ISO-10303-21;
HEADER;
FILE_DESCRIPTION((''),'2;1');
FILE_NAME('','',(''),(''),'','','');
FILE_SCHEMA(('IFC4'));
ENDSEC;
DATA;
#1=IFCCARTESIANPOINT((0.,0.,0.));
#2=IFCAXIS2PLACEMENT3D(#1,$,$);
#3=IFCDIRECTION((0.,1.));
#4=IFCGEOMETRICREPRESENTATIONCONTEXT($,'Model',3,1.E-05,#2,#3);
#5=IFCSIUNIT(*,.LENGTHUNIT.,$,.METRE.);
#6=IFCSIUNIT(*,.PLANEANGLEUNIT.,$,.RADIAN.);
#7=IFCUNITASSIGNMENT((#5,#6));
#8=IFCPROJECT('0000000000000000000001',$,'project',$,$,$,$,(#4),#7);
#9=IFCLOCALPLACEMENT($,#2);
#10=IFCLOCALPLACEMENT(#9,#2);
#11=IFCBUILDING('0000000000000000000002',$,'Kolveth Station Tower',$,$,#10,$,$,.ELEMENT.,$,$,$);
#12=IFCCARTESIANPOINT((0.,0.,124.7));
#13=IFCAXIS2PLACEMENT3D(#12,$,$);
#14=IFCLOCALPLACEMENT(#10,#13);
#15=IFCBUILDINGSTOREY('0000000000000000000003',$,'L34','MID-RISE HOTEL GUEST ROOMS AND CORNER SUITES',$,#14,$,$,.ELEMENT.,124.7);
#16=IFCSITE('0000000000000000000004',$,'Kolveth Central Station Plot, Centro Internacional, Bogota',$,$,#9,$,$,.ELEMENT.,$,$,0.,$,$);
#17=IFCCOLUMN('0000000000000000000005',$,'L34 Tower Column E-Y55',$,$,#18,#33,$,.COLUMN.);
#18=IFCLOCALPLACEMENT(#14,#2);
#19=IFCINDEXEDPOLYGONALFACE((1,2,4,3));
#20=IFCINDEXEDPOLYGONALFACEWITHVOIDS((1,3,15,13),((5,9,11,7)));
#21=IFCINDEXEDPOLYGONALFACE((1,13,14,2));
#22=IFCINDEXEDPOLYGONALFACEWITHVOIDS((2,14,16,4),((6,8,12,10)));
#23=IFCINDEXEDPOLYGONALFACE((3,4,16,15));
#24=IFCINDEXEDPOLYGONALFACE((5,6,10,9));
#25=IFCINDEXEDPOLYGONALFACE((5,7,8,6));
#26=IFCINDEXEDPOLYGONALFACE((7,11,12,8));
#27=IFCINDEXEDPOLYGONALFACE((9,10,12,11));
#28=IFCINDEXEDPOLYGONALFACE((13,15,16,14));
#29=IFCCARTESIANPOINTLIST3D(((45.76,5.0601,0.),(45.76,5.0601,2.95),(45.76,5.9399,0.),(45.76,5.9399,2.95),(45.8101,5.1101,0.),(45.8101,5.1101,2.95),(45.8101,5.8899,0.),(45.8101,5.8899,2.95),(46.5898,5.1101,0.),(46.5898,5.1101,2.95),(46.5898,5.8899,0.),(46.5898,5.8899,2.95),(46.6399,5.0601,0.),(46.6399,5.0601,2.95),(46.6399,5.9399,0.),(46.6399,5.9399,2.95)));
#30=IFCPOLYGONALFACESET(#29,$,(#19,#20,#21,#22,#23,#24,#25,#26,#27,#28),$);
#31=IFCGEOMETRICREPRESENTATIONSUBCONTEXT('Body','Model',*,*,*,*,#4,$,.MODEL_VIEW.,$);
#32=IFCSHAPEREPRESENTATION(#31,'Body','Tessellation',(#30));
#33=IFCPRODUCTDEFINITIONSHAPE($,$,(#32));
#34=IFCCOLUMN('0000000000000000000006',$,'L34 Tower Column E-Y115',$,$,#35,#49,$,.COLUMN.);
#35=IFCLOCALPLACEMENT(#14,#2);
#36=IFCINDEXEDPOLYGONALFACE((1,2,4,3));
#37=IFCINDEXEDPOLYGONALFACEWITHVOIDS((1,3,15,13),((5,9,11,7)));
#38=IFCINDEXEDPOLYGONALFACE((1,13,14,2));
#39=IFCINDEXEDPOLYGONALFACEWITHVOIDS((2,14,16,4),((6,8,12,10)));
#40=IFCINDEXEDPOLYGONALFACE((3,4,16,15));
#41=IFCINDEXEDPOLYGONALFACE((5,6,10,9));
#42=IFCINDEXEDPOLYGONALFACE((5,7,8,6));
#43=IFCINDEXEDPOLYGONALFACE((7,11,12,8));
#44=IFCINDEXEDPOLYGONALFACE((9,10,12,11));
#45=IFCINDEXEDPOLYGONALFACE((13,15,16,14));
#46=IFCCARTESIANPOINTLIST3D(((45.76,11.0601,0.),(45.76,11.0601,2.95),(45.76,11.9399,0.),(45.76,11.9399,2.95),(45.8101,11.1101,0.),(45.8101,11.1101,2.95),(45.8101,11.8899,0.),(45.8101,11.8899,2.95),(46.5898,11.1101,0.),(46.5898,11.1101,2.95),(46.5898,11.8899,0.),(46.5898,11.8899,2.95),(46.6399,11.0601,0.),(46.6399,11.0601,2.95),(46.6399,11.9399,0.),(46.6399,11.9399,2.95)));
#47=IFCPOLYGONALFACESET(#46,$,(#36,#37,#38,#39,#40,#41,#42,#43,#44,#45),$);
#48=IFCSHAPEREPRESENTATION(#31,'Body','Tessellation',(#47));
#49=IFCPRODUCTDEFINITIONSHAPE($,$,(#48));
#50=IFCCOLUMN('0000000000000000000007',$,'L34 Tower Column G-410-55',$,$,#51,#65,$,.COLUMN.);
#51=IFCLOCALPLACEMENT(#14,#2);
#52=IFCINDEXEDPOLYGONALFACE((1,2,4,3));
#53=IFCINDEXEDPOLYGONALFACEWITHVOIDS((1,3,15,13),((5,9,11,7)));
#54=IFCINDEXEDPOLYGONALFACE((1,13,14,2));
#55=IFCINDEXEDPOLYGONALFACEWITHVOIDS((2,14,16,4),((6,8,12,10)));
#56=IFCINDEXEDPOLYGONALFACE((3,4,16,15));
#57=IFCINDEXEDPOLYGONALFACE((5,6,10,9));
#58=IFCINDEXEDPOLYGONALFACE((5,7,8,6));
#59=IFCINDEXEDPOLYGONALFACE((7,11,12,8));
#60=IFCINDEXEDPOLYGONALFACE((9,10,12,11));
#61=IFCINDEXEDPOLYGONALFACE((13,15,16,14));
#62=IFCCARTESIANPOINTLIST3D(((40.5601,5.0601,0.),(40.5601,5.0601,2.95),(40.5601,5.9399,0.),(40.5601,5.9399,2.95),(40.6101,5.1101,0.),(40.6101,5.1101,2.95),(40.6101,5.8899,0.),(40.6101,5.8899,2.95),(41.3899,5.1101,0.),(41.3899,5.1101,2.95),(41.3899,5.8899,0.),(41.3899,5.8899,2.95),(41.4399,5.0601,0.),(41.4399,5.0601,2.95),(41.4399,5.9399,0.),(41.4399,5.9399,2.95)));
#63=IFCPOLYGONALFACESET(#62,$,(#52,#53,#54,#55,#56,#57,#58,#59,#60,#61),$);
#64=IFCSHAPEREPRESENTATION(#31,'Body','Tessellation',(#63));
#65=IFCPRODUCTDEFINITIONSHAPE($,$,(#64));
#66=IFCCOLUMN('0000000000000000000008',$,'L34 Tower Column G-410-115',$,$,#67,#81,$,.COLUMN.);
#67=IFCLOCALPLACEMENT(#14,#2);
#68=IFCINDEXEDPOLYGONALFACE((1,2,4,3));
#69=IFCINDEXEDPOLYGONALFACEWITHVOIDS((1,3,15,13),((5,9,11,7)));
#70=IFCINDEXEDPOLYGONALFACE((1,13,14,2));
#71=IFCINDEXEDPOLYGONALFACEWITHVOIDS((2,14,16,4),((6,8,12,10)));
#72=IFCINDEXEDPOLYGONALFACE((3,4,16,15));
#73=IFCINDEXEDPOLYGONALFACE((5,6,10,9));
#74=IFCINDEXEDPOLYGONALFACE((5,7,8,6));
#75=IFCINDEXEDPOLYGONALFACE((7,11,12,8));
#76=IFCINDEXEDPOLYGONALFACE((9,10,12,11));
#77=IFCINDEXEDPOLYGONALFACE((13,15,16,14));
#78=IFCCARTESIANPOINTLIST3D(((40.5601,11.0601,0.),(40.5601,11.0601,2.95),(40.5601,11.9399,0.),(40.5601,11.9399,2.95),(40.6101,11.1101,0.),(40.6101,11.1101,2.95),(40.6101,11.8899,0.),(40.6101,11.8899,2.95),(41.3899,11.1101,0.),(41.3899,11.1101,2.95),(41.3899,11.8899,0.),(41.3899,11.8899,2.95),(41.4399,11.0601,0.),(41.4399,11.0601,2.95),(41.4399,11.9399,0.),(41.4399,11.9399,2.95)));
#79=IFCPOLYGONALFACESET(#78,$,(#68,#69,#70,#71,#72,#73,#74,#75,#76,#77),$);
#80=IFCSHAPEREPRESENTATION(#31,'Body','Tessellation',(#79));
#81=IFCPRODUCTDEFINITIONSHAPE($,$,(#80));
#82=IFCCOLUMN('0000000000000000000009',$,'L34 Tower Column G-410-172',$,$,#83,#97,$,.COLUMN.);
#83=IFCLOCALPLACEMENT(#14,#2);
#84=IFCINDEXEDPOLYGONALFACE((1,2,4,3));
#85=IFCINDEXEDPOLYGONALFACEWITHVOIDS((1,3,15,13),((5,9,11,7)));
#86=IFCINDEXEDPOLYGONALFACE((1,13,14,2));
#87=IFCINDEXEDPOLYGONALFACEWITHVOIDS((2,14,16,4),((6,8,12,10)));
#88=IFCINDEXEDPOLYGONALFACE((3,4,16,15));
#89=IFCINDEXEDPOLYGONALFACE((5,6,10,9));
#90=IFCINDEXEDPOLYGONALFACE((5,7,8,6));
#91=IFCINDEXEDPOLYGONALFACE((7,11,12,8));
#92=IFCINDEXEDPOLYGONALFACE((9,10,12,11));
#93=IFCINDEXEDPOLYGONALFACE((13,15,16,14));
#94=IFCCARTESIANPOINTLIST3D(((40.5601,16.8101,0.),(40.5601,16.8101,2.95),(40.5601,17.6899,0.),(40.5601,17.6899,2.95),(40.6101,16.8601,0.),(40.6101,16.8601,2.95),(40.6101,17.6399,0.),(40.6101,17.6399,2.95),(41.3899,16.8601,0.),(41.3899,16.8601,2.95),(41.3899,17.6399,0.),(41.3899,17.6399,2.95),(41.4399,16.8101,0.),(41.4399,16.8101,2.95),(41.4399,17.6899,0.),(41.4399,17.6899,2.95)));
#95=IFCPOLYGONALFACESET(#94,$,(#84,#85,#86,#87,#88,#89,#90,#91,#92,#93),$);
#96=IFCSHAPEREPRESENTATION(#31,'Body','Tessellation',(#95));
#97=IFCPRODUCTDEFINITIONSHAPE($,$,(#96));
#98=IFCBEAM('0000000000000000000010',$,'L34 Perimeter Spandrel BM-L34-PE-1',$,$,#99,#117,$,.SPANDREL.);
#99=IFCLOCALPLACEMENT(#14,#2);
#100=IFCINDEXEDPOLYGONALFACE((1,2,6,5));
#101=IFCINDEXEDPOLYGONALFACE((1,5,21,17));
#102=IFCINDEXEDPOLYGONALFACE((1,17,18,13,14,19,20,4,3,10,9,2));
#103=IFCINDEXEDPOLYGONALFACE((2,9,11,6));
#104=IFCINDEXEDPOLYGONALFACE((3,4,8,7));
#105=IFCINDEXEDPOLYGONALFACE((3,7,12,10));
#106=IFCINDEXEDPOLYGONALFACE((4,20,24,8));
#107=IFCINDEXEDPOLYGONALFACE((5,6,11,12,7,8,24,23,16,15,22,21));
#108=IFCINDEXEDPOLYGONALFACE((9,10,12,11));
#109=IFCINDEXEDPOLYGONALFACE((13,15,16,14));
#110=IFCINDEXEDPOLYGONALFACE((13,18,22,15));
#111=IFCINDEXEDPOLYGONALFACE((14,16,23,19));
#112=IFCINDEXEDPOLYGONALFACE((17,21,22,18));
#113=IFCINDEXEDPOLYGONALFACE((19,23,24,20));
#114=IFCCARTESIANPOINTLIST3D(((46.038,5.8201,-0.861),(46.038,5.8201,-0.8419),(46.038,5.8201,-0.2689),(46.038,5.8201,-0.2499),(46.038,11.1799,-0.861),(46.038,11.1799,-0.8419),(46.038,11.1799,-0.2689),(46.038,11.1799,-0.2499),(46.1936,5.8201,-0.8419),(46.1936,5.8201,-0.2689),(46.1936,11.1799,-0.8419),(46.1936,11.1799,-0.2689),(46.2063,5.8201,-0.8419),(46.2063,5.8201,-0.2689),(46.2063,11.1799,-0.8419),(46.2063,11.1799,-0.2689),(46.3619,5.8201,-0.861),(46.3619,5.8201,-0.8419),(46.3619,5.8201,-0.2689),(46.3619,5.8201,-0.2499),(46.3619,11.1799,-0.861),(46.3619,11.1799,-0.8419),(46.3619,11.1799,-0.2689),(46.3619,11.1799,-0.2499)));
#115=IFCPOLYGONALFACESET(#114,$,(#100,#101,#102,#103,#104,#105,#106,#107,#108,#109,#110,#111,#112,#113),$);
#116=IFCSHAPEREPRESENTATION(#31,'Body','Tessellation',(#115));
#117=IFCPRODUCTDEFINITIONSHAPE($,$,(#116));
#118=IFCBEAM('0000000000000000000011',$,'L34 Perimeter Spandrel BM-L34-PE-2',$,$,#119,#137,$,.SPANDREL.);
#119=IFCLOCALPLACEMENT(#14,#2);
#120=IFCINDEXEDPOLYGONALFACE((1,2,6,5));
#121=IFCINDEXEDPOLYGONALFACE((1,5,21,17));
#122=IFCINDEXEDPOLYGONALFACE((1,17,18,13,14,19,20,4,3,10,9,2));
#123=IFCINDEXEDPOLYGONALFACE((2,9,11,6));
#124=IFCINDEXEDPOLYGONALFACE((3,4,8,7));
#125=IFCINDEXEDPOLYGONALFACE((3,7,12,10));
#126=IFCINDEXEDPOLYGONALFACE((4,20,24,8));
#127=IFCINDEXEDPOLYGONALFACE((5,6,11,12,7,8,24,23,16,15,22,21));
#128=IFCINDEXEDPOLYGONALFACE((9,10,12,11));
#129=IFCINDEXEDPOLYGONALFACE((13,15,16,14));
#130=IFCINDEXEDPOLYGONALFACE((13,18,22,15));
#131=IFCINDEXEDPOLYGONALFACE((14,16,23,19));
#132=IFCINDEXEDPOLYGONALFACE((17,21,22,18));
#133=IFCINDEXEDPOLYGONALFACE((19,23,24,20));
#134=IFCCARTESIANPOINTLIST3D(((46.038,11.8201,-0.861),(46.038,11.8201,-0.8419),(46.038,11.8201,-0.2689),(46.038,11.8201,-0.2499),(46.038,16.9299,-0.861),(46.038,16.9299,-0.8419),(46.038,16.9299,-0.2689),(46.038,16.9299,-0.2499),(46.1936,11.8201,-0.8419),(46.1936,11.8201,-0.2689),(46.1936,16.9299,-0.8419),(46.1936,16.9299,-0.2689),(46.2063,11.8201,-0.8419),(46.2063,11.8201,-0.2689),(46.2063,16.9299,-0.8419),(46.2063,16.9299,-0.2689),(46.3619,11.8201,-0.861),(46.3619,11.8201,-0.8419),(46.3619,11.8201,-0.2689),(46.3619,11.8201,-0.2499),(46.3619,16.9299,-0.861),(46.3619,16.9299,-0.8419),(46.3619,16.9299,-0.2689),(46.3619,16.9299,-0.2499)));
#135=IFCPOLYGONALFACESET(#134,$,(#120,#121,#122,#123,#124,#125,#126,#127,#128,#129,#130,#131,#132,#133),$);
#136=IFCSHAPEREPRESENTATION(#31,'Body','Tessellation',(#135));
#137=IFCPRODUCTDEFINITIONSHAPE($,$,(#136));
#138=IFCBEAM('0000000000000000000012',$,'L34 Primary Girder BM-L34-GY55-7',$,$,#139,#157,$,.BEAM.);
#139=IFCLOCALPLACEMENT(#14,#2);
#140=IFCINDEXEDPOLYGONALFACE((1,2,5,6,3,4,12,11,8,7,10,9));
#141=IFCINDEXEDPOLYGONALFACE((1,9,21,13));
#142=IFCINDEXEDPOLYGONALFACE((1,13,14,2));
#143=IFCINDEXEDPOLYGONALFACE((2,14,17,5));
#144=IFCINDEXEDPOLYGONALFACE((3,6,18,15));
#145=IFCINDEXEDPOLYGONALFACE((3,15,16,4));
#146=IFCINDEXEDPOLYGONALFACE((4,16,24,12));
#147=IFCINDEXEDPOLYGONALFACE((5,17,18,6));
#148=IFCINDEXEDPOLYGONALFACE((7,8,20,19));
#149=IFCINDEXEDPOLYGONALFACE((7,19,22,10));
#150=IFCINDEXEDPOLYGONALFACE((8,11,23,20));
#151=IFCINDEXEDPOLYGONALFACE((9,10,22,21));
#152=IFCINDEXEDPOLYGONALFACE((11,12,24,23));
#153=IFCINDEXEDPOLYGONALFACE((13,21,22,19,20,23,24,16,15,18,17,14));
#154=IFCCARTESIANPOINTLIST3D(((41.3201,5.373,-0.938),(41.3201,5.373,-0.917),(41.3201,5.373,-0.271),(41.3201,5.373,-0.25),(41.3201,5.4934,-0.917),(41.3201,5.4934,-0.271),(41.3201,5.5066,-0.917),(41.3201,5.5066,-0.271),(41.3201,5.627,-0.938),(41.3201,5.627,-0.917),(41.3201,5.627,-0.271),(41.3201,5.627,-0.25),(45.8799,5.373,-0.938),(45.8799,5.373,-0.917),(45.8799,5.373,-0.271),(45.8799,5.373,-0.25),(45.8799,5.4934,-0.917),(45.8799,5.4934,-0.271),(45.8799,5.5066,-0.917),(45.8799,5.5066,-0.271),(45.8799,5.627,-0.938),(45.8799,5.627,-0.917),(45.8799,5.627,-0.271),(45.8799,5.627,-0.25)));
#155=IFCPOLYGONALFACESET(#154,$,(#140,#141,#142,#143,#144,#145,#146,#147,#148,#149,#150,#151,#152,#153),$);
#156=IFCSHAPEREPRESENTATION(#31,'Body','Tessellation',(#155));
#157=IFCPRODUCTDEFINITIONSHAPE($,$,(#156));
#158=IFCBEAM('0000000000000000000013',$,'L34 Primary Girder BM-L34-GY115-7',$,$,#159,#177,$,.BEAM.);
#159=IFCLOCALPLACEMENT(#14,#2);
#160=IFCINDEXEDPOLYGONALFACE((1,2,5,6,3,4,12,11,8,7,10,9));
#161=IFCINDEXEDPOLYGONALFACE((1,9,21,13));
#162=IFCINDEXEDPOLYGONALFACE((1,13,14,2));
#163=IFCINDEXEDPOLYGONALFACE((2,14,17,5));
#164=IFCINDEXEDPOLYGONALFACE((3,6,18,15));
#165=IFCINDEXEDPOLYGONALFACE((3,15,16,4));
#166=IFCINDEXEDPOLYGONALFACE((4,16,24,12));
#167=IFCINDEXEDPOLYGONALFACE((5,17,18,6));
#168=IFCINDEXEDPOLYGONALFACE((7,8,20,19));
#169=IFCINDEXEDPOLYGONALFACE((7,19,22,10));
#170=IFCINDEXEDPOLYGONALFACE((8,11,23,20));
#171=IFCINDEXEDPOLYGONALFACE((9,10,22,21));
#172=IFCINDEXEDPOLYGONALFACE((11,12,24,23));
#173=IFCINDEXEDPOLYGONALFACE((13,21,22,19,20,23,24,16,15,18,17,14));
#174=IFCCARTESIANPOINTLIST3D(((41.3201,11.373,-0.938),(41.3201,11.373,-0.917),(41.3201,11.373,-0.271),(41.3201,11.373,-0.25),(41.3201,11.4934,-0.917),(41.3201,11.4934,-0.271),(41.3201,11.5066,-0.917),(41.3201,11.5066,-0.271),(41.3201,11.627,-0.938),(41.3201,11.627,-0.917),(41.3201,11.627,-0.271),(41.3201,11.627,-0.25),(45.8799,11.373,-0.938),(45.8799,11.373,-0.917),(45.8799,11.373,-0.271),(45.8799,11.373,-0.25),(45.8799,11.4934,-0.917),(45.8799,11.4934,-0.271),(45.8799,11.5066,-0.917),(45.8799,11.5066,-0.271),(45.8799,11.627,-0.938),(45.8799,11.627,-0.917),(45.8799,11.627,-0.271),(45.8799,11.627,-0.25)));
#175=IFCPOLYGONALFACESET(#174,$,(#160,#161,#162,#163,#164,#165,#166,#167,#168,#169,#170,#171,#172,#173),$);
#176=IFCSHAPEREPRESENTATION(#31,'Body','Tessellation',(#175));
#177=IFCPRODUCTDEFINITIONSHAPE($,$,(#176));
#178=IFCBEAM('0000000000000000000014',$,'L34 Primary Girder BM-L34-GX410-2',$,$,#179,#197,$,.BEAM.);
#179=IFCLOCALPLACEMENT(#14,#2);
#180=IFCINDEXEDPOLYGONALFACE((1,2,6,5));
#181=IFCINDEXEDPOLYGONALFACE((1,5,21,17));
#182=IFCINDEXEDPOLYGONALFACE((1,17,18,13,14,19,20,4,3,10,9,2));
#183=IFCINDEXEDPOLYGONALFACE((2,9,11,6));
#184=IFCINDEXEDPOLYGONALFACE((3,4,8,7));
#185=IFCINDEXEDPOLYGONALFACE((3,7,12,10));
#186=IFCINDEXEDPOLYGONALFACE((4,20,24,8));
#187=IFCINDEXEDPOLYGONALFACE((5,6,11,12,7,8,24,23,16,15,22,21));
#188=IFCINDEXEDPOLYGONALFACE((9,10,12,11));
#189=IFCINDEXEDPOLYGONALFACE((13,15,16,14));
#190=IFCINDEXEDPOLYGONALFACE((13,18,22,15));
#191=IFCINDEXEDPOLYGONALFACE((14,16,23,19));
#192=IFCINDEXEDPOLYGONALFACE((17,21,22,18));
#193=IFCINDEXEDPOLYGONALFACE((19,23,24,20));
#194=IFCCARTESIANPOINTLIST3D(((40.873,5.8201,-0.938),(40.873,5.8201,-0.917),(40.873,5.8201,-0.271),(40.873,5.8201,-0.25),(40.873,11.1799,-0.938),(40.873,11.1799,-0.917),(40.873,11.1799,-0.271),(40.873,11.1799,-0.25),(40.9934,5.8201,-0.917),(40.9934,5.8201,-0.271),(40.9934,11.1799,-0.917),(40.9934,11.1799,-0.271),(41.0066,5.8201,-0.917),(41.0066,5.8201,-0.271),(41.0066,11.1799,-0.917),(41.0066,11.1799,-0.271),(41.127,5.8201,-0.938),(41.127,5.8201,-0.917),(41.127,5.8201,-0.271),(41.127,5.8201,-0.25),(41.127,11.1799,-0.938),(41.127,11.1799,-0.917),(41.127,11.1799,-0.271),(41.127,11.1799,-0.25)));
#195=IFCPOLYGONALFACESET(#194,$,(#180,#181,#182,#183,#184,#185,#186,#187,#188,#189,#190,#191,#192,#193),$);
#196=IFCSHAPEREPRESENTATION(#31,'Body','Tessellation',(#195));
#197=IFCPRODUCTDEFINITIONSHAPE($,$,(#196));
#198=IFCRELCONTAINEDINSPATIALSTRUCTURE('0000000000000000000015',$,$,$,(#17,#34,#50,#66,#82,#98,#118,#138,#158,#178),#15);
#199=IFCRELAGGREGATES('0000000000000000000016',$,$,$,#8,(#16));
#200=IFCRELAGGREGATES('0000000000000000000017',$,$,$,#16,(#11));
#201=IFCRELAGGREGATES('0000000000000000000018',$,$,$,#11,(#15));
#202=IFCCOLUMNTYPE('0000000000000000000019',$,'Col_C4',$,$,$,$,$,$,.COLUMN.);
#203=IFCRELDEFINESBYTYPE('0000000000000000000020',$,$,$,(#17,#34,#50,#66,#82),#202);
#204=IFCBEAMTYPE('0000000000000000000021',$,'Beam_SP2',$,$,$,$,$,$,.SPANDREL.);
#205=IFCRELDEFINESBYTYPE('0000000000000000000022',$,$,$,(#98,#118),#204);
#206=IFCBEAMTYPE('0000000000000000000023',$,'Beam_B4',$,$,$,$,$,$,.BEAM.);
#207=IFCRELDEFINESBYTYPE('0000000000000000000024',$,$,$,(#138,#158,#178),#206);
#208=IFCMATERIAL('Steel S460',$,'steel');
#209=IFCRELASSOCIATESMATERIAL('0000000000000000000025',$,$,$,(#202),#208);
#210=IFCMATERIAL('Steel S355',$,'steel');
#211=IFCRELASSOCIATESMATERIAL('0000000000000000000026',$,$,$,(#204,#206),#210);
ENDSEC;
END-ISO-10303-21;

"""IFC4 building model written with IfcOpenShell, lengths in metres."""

from ifc_helpers import new_model, si_unit, direction, frame, origin, origin_2d, place, context, subcontext, project, spatial, hollow_rectangle, i_section, extrude, source, transform, mapped, material, material_profile, profile_set, type_object, element, save


model = new_model("IFC4")

# Units and contexts
model_context = context("Model", 3, precision=1e-05, world=origin(), true_north=direction((0.0, 1.0)))
body_context = subcontext(model_context, "Body", "Model", "MODEL_VIEW")
ifc_project = project(units=[si_unit("LENGTHUNIT", "METRE"), si_unit("PLANEANGLEUNIT", "RADIAN")], contexts=[model_context])

# Site, building, storey
site_placement = place(None, origin())
site = spatial("IfcSite", under=ifc_project, at=site_placement, Name="Kolveth Central Station Plot, Centro Internacional, Bogota", CompositionType="ELEMENT", RefElevation=0.0)
building_placement = place(site_placement, origin())
building = spatial("IfcBuilding", under=site, at=building_placement, Name="Kolveth Station Tower", CompositionType="ELEMENT")
storey_placement = place(building_placement, frame((0.0, 0.0, 124.7)))
storey = spatial("IfcBuildingStorey", under=building, at=storey_placement, Name="L34", Description="MID-RISE HOTEL GUEST ROOMS AND CORNER SUITES", CompositionType="ELEMENT", Elevation=124.7)

# Columns
ifc_material_1 = material(Name="Steel S460", Category="steel")
ifc_material_profile_1 = material_profile(ifc_material_1, hollow_rectangle(XDim=0.8799, YDim=0.8799, WallThickness=0.05, at=origin_2d()), Name="BOX880x880x50")
ifc_profile_set_1 = profile_set([ifc_material_profile_1], Name="Steel S460")
column_type = type_object("IfcColumnType", Name="Col_C4", PredefinedType="COLUMN", material=ifc_profile_set_1)
shared_shape_1 = source(origin(), body_context, "Body", "SweptSolid", [
    extrude(hollow_rectangle(XDim=0.8799, YDim=0.8799, WallThickness=0.05, at=origin_2d()), origin(), (0.0, 0.0, 1.0), 2.95),
])
for number, where, z_axis, x_axis, name in (
    (1, (46.2, 5.5, 0.0), (0.0, 0.0, 1.0), (1.0, 0.0, 0.0), "L34 Tower Column E-Y55"),
    (2, (46.2, 11.5, 0.0), (0.0, 0.0, 1.0), (1.0, 0.0, 0.0), "L34 Tower Column E-Y115"),
    (3, (41.0, 5.5, 0.0), (0.0, 0.0, 1.0), (1.0, 0.0, 0.0), "L34 Tower Column G-410-55"),
    (4, (41.0, 11.5, 0.0), (0.0, 0.0, 1.0), (1.0, 0.0, 0.0), "L34 Tower Column G-410-115"),
    (5, (41.0, 17.25, 0.0), (0.0, 0.0, 1.0), (1.0, 0.0, 0.0), "L34 Tower Column G-410-172"),
):
    element("IfcColumn", number, at=place(storey_placement, frame(where, z_axis=z_axis, x_axis=x_axis)), inside=storey, type_object=column_type, Name=name, PredefinedType="COLUMN", context=body_context, shape_type="MappedRepresentation", body=[
        mapped(shared_shape_1, transform((0.0, 0.0, 0.0), x_axis=(1.0, 0.0, 0.0), y_axis=(0.0, 1.0, 0.0), z_axis=(0.0, 0.0, 1.0), scale=1.0)),
    ])

# Beams
ifc_material_2 = material(Name="Steel S355", Category="steel")
ifc_material_profile_2 = material_profile(ifc_material_2, i_section(OverallWidth=0.324, OverallDepth=0.6111, WebThickness=0.0127, FlangeThickness=0.019, at=origin_2d()), Name="W610x155")
ifc_profile_set_2 = profile_set([ifc_material_profile_2], Name="Steel S355")
beam_type_1 = type_object("IfcBeamType", Name="Beam_SP2", PredefinedType="SPANDREL", material=ifc_profile_set_2)
shared_shape_2 = source(origin(), body_context, "Body", "SweptSolid", [
    extrude(i_section(OverallWidth=0.324, OverallDepth=0.6111, WebThickness=0.0127, FlangeThickness=0.019, at=origin_2d()), origin(), (0.0, 0.0, 1.0), 5.3599),
])
beam_1_placement = place(storey_placement, frame((46.2, 5.8201, -0.5554), z_axis=(0.0, 1.0, 0.0), x_axis=(-1.0, 0.0, 0.0)))
element("IfcBeam", 6, at=beam_1_placement, inside=storey, type_object=beam_type_1, Name="L34 Perimeter Spandrel BM-L34-PE-1", PredefinedType="SPANDREL", context=body_context, shape_type="MappedRepresentation", body=[
    mapped(shared_shape_2, transform((0.0, 0.0, 0.0), x_axis=(1.0, 0.0, 0.0), y_axis=(0.0, 1.0, 0.0), z_axis=(0.0, 0.0, 1.0), scale=1.0)),
])
shared_shape_3 = source(origin(), body_context, "Body", "SweptSolid", [
    extrude(i_section(OverallWidth=0.324, OverallDepth=0.6111, WebThickness=0.0127, FlangeThickness=0.019, at=origin_2d()), origin(), (0.0, 0.0, 1.0), 5.1099),
])
beam_2_placement = place(storey_placement, frame((46.2, 11.8201, -0.5554), z_axis=(0.0, 1.0, 0.0), x_axis=(-1.0, 0.0, 0.0)))
element("IfcBeam", 7, at=beam_2_placement, inside=storey, type_object=beam_type_1, Name="L34 Perimeter Spandrel BM-L34-PE-2", PredefinedType="SPANDREL", context=body_context, shape_type="MappedRepresentation", body=[
    mapped(shared_shape_3, transform((0.0, 0.0, 0.0), x_axis=(1.0, 0.0, 0.0), y_axis=(0.0, 1.0, 0.0), z_axis=(0.0, 0.0, 1.0), scale=1.0)),
])
ifc_material_profile_3 = material_profile(ifc_material_2, i_section(OverallWidth=0.2539, OverallDepth=0.688, WebThickness=0.0132, FlangeThickness=0.021, at=origin_2d()), Name="W690x152")
ifc_profile_set_3 = profile_set([ifc_material_profile_3], Name="Steel S355")
beam_type_2 = type_object("IfcBeamType", Name="Beam_B4", PredefinedType="BEAM", material=ifc_profile_set_3)
shared_shape_4 = source(origin(), body_context, "Body", "SweptSolid", [
    extrude(i_section(OverallWidth=0.2539, OverallDepth=0.688, WebThickness=0.0132, FlangeThickness=0.021, at=origin_2d()), origin(), (0.0, 0.0, 1.0), 4.5598),
])
for number, where, z_axis, x_axis, name in (
    (8, (41.3201, 5.5, -0.594), (1.0, 0.0, 0.0), (0.0, 1.0, 0.0), "L34 Primary Girder BM-L34-GY55-7"),
    (9, (41.3201, 11.5, -0.594), (1.0, 0.0, 0.0), (0.0, 1.0, 0.0), "L34 Primary Girder BM-L34-GY115-7"),
):
    element("IfcBeam", number, at=place(storey_placement, frame(where, z_axis=z_axis, x_axis=x_axis)), inside=storey, type_object=beam_type_2, Name=name, PredefinedType="BEAM", context=body_context, shape_type="MappedRepresentation", body=[
        mapped(shared_shape_4, transform((0.0, 0.0, 0.0), x_axis=(1.0, 0.0, 0.0), y_axis=(0.0, 1.0, 0.0), z_axis=(0.0, 0.0, 1.0), scale=1.0)),
    ])
shared_shape_5 = source(origin(), body_context, "Body", "SweptSolid", [
    extrude(i_section(OverallWidth=0.2539, OverallDepth=0.688, WebThickness=0.0132, FlangeThickness=0.021, at=origin_2d()), origin(), (0.0, 0.0, 1.0), 5.3599),
])
beam_3_placement = place(storey_placement, frame((41.0, 5.8201, -0.594), z_axis=(0.0, 1.0, 0.0), x_axis=(-1.0, 0.0, 0.0)))
element("IfcBeam", 10, at=beam_3_placement, inside=storey, type_object=beam_type_2, Name="L34 Primary Girder BM-L34-GX410-2", PredefinedType="BEAM", context=body_context, shape_type="MappedRepresentation", body=[
    mapped(shared_shape_5, transform((0.0, 0.0, 0.0), x_axis=(1.0, 0.0, 0.0), y_axis=(0.0, 1.0, 0.0), z_axis=(0.0, 0.0, 1.0), scale=1.0)),
])

save(model, "model.ifc")
